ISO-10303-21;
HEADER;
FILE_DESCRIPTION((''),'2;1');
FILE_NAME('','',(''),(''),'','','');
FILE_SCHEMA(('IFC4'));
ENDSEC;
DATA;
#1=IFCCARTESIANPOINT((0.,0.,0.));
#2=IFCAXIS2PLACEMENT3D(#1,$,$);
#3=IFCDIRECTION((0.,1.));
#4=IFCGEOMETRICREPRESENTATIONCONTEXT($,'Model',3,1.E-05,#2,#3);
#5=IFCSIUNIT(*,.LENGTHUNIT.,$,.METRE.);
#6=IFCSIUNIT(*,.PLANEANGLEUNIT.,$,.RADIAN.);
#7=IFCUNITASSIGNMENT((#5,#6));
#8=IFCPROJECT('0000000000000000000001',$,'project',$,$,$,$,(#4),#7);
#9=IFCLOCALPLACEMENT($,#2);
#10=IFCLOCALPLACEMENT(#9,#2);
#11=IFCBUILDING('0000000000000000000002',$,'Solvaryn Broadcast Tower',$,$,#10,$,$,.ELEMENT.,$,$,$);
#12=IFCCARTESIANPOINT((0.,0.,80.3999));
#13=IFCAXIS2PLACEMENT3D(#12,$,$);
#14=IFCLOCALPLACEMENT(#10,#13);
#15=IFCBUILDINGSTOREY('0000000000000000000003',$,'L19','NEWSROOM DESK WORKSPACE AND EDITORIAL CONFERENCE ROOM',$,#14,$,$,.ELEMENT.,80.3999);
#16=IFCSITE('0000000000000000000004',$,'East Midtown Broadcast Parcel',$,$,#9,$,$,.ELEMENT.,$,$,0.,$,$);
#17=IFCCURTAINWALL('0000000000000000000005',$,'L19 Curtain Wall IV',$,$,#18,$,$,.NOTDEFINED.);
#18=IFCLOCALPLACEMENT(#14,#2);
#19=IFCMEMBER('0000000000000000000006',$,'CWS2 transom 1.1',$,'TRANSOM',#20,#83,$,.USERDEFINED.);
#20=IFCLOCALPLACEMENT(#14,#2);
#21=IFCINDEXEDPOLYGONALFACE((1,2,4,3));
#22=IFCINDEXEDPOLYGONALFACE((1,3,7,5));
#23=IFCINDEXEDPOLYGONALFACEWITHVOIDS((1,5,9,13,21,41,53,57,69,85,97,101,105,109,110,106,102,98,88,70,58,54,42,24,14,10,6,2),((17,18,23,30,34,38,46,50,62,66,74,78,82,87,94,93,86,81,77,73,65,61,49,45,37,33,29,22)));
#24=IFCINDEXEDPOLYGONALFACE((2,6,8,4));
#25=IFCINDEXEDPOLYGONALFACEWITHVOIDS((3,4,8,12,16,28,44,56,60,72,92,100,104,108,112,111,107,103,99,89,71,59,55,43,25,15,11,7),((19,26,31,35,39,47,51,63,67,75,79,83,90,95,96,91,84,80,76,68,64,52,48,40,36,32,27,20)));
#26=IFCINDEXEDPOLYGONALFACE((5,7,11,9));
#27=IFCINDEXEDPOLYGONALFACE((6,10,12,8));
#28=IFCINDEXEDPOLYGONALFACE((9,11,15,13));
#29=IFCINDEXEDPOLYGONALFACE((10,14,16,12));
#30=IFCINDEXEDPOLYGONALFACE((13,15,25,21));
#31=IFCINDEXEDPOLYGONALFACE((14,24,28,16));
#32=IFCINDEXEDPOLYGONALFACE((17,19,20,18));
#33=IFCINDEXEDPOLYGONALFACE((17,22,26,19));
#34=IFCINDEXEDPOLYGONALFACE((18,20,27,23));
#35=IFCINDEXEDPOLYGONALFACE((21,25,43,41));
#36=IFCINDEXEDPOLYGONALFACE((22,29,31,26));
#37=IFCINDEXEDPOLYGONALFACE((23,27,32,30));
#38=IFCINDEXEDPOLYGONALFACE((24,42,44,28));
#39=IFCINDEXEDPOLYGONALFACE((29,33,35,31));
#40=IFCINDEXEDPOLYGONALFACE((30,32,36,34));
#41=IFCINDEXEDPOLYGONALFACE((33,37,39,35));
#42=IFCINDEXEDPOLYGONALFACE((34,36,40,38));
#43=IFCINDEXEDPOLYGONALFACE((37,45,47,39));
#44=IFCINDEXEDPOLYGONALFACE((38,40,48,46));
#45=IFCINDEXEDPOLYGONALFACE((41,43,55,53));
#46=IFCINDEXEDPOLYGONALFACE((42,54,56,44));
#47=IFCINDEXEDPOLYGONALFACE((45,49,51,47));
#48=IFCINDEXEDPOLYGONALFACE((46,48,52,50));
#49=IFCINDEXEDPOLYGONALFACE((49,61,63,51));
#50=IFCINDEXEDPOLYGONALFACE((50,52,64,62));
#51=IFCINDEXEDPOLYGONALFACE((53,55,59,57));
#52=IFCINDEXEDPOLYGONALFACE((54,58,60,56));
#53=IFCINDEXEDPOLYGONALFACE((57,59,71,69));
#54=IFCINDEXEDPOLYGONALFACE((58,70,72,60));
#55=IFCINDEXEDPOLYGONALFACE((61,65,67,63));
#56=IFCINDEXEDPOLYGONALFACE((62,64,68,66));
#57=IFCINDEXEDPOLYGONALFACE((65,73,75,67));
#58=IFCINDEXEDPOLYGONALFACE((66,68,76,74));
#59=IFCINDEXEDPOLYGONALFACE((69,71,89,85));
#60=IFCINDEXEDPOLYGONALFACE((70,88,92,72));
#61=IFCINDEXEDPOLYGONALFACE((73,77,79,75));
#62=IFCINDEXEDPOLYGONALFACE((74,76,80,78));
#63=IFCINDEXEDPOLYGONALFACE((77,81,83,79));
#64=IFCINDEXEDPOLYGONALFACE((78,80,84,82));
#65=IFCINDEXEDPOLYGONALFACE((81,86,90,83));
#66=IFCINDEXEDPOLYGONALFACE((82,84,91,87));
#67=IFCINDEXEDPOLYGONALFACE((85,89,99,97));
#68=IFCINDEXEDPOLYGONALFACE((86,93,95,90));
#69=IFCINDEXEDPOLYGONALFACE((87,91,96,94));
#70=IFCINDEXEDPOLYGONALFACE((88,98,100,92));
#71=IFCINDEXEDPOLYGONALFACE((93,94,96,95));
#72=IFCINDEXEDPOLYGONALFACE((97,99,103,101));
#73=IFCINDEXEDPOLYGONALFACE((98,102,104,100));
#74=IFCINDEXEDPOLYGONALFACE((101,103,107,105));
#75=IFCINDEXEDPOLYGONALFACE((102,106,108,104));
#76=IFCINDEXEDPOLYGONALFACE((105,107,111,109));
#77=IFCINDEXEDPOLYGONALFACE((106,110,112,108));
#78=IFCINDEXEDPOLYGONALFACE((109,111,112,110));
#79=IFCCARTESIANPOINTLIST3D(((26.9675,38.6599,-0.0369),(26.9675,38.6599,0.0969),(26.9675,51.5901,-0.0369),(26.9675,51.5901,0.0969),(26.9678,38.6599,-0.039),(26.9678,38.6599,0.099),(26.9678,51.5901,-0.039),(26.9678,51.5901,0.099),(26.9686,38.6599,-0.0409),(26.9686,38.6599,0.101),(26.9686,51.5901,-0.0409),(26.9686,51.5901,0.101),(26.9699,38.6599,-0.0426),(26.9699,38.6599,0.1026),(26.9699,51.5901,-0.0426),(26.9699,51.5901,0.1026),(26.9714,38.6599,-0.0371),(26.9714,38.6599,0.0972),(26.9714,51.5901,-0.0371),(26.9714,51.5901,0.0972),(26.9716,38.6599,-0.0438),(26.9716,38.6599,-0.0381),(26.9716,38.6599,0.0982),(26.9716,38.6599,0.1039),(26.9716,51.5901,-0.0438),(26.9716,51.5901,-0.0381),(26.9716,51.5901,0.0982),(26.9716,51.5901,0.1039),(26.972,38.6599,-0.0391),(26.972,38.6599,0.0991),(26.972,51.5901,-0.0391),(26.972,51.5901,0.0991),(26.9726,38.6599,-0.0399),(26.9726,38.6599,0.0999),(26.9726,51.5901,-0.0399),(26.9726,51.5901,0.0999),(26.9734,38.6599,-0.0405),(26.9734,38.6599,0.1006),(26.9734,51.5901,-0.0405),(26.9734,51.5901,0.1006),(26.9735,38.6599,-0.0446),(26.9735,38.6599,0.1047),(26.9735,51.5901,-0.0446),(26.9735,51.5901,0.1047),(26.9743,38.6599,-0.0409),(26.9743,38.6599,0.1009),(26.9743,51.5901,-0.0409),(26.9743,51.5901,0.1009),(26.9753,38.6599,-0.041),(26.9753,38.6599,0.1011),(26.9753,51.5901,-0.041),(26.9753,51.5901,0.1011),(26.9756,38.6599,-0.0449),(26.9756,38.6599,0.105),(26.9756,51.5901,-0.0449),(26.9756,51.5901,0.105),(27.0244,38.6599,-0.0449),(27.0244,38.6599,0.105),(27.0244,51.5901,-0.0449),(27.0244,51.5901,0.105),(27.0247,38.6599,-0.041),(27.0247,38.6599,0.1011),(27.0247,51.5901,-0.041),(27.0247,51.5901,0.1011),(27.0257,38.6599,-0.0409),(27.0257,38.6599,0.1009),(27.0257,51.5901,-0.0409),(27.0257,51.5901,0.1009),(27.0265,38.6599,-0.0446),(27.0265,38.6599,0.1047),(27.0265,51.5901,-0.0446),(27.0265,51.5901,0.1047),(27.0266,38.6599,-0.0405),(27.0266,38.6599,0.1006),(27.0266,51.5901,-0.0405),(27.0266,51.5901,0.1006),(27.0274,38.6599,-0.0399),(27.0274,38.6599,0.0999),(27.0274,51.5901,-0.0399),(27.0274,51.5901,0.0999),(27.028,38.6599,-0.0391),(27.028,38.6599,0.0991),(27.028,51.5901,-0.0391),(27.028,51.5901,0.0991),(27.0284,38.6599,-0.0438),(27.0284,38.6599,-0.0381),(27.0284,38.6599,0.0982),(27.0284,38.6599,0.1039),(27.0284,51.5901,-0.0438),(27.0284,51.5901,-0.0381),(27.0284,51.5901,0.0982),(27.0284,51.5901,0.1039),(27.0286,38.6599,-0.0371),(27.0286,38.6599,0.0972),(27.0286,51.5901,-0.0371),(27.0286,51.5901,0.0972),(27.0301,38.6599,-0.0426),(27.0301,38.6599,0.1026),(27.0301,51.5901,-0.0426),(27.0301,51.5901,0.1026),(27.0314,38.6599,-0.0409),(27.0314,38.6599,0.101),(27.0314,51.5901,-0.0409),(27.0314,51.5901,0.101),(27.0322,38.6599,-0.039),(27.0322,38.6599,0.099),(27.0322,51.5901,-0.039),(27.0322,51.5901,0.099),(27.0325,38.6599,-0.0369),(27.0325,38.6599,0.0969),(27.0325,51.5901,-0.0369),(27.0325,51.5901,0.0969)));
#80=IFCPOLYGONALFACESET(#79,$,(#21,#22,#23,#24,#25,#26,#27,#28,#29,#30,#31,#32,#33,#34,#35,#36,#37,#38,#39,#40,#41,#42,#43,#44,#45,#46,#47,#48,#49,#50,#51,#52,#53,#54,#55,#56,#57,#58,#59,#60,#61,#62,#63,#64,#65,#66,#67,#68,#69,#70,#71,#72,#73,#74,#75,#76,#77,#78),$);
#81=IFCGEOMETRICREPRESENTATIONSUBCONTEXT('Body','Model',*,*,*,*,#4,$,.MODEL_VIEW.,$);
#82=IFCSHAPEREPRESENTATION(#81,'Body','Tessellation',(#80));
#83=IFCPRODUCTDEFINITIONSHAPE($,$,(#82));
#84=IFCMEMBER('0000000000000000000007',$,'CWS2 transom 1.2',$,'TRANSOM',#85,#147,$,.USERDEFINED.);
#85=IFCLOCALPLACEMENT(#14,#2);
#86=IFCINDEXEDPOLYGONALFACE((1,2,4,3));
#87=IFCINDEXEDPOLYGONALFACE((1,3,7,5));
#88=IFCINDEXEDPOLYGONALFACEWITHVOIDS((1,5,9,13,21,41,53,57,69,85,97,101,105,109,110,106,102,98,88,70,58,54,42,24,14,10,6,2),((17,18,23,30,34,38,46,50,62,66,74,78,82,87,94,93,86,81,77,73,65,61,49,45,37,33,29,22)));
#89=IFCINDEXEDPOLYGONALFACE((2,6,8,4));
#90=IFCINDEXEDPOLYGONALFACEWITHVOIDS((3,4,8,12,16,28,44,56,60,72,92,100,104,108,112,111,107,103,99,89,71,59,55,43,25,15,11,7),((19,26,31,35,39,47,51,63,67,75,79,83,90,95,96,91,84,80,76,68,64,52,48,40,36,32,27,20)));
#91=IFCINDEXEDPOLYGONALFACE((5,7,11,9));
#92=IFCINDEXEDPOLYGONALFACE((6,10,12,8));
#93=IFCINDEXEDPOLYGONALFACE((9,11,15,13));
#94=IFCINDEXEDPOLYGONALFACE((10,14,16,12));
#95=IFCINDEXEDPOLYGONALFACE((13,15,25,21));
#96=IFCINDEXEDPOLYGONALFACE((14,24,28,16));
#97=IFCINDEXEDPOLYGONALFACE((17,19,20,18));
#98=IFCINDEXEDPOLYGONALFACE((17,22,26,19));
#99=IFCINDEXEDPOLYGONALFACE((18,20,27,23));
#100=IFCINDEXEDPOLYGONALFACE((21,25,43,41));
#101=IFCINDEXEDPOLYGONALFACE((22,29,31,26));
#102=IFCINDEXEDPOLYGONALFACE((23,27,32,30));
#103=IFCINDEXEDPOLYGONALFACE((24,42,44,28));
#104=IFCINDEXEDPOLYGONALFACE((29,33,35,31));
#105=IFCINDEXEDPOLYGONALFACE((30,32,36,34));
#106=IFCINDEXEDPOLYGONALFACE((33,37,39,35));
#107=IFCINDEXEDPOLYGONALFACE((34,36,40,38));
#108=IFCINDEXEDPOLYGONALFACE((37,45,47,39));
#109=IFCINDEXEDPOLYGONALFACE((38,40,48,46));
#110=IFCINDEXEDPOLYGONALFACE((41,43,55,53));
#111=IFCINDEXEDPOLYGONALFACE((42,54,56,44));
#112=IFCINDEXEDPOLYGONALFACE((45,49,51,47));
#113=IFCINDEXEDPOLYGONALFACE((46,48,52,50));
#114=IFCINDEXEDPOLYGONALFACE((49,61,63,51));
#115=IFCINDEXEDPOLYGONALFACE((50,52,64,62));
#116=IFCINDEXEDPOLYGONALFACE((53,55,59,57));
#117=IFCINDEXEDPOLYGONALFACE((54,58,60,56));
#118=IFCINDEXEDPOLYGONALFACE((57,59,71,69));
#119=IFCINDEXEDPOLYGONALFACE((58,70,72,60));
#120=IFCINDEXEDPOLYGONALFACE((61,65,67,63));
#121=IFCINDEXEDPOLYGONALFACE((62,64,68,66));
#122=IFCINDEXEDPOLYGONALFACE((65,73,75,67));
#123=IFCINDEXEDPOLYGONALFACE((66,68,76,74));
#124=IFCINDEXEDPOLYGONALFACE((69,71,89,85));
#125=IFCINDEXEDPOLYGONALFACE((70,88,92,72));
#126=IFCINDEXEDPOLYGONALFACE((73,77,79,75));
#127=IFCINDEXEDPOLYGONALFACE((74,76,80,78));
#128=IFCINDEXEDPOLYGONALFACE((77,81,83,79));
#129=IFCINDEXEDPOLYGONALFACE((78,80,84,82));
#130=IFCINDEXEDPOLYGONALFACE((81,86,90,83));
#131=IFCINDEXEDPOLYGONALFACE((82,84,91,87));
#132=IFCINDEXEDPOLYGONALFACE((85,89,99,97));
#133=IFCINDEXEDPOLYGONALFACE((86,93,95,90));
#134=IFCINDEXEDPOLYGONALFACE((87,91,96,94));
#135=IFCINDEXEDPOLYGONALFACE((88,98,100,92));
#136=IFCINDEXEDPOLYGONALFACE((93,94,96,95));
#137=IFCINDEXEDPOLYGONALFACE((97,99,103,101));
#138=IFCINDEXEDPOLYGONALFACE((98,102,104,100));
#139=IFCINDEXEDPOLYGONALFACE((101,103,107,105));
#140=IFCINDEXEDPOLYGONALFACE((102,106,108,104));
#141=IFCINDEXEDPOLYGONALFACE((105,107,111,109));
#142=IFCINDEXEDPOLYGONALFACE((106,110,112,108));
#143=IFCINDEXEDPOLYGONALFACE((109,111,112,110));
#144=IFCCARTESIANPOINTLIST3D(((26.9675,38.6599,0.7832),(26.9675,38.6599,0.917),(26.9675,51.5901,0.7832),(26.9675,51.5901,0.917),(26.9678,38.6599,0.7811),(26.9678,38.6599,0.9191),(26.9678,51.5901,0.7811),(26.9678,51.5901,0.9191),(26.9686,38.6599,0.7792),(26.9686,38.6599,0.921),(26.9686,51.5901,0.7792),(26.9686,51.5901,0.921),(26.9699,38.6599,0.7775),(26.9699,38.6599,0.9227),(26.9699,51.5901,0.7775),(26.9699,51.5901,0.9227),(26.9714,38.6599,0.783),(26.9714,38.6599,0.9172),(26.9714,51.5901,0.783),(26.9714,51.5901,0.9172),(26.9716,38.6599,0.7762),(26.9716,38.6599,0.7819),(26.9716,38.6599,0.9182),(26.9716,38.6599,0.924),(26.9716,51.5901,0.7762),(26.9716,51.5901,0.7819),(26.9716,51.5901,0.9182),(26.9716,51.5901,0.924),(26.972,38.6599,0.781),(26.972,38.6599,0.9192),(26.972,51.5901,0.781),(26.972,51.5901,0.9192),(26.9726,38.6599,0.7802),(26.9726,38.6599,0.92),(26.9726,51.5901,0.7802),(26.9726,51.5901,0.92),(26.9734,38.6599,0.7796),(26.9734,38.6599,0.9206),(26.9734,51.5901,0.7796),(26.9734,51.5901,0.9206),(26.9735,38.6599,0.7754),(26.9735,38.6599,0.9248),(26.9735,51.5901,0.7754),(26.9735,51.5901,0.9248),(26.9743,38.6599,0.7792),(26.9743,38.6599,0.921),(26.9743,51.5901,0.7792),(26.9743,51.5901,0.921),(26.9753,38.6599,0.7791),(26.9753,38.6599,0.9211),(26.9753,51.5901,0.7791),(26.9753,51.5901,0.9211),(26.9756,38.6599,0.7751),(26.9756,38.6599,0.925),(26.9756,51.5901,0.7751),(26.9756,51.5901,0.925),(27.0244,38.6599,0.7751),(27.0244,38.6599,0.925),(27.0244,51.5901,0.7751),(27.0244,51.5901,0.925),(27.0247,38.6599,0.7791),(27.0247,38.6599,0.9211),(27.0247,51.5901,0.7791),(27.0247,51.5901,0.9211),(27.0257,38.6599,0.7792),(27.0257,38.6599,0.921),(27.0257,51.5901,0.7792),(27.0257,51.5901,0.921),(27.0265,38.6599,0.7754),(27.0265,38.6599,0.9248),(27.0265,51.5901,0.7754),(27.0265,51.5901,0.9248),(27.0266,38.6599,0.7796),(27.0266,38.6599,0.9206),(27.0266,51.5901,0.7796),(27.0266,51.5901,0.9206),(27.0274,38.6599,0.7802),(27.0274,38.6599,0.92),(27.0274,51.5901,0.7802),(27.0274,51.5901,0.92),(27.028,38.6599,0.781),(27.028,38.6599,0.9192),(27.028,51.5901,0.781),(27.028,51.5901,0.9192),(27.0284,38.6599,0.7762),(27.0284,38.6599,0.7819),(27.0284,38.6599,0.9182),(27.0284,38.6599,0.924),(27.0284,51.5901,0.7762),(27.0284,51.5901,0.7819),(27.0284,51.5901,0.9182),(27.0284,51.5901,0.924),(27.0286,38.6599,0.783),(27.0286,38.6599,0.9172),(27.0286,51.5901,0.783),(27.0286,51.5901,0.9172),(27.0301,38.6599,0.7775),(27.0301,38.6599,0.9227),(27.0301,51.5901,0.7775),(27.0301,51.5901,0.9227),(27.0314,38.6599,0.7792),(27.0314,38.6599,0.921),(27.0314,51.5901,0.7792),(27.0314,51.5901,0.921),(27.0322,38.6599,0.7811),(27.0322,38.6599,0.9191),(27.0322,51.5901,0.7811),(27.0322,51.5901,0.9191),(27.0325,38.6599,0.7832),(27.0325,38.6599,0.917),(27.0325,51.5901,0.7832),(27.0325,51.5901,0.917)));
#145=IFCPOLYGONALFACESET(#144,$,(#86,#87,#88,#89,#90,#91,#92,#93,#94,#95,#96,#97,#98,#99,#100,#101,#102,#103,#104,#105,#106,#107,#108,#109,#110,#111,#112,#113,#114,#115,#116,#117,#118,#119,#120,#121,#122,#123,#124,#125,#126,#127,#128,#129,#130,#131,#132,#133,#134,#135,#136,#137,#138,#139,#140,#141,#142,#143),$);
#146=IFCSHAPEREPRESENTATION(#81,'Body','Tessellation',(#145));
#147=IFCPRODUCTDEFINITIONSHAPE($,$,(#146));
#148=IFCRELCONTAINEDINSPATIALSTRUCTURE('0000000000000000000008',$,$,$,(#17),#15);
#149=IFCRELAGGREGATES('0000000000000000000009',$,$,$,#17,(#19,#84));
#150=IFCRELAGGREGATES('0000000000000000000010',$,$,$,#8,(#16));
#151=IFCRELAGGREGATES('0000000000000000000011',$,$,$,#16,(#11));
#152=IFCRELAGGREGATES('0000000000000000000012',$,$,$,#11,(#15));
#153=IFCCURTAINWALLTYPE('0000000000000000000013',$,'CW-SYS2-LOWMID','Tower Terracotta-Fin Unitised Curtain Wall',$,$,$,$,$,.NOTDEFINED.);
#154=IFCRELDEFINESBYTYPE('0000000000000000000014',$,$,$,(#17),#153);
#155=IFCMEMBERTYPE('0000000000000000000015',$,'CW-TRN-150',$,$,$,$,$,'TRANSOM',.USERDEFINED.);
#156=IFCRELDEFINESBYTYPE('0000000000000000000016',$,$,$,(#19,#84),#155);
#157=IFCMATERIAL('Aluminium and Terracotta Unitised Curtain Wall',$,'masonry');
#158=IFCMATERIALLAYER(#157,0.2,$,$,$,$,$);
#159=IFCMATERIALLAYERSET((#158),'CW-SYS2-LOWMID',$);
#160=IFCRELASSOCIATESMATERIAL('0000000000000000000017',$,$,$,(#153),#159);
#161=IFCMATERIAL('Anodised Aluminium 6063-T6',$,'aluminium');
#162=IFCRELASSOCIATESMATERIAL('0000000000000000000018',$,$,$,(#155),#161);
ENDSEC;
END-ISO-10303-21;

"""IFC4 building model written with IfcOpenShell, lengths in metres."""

from ifc_helpers import new_model, si_unit, direction, frame, origin, origin_2d, place, context, subcontext, project, spatial, hollow_rectangle, extrude, material, layer, layer_set, material_profile, profile_set, type_object, element, aggregate, save


model = new_model("IFC4")

# Units and contexts
model_context = context("Model", 3, precision=1e-05, world=origin(), true_north=direction((0.0, 1.0)))
body_context = subcontext(model_context, "Body", "Model", "MODEL_VIEW")
ifc_project = project(units=[si_unit("LENGTHUNIT", "METRE"), si_unit("PLANEANGLEUNIT", "RADIAN")], contexts=[model_context])

# Site, building, storey
site_placement = place(None, origin())
site = spatial("IfcSite", under=ifc_project, at=site_placement, Name="East Midtown Broadcast Parcel", CompositionType="ELEMENT", RefElevation=0.0)
building_placement = place(site_placement, origin())
building = spatial("IfcBuilding", under=site, at=building_placement, Name="Solvaryn Broadcast Tower", CompositionType="ELEMENT")
storey_placement = place(building_placement, frame((0.0, 0.0, 80.3999)))
storey = spatial("IfcBuildingStorey", under=building, at=storey_placement, Name="L19", Description="NEWSROOM DESK WORKSPACE AND EDITORIAL CONFERENCE ROOM", CompositionType="ELEMENT", Elevation=80.3999)

# Curtain wall
ifc_material_1 = material(Name="Aluminium and Terracotta Unitised Curtain Wall", Category="masonry")
ifc_layer_1 = layer(ifc_material_1, 0.2)
ifc_layer_set_1 = layer_set([ifc_layer_1], Name="CW-SYS2-LOWMID")
curtain_wall_type = type_object("IfcCurtainWallType", Name="CW-SYS2-LOWMID", Description="Tower Terracotta-Fin Unitised Curtain Wall", PredefinedType="NOTDEFINED", material=ifc_layer_set_1)
curtain_wall_1_placement = place(storey_placement, origin())
curtain_wall_1 = element("IfcCurtainWall", 1, at=curtain_wall_1_placement, inside=storey, type_object=curtain_wall_type, Name="L19 Curtain Wall IV", PredefinedType="NOTDEFINED")

# Members
ifc_material_2 = material(Name="Anodised Aluminium 6063-T6", Category="aluminium")
ifc_material_profile_1 = material_profile(ifc_material_2, hollow_rectangle(XDim=0.0649, YDim=0.1499, WallThickness=0.0039, InnerFilletRadius=0.0039, OuterFilletRadius=0.0081, at=origin_2d()))
ifc_profile_set_1 = profile_set([ifc_material_profile_1], Name="Anodised Aluminium 6063-T6")
member_type_1 = type_object("IfcMemberType", Name="CW-TRN-150", ElementType="TRANSOM", PredefinedType="USERDEFINED", material=ifc_profile_set_1)
member_1_placement = place(storey_placement, frame((27.0, 51.5901, 0.03), z_axis=(0.0, -1.0, 0.0), x_axis=(1.0, 0.0, 0.0)))
member_1 = element("IfcMember", 2, at=member_1_placement, type_object=member_type_1, Name="CWS2 transom 1.1", ObjectType="TRANSOM", PredefinedType="USERDEFINED", context=body_context, shape_type="SweptSolid", body=[
    extrude(hollow_rectangle(XDim=0.0649, YDim=0.1499, WallThickness=0.0039, InnerFilletRadius=0.0039, OuterFilletRadius=0.0081, at=origin_2d()), origin(), (0.0, 0.0, 1.0), 12.9302),
])
member_2_placement = place(storey_placement, frame((27.0, 51.5901, 0.8501), z_axis=(0.0, -1.0, 0.0), x_axis=(1.0, 0.0, 0.0)))
member_2 = element("IfcMember", 3, at=member_2_placement, type_object=member_type_1, Name="CWS2 transom 1.2", ObjectType="TRANSOM", PredefinedType="USERDEFINED", context=body_context, shape_type="SweptSolid", body=[
    extrude(hollow_rectangle(XDim=0.0649, YDim=0.1499, WallThickness=0.0039, InnerFilletRadius=0.0039, OuterFilletRadius=0.0081, at=origin_2d()), origin(), (0.0, 0.0, 1.0), 12.9302),
])

aggregate(curtain_wall_1, [member_1, member_2])

save(model, "model.ifc")
